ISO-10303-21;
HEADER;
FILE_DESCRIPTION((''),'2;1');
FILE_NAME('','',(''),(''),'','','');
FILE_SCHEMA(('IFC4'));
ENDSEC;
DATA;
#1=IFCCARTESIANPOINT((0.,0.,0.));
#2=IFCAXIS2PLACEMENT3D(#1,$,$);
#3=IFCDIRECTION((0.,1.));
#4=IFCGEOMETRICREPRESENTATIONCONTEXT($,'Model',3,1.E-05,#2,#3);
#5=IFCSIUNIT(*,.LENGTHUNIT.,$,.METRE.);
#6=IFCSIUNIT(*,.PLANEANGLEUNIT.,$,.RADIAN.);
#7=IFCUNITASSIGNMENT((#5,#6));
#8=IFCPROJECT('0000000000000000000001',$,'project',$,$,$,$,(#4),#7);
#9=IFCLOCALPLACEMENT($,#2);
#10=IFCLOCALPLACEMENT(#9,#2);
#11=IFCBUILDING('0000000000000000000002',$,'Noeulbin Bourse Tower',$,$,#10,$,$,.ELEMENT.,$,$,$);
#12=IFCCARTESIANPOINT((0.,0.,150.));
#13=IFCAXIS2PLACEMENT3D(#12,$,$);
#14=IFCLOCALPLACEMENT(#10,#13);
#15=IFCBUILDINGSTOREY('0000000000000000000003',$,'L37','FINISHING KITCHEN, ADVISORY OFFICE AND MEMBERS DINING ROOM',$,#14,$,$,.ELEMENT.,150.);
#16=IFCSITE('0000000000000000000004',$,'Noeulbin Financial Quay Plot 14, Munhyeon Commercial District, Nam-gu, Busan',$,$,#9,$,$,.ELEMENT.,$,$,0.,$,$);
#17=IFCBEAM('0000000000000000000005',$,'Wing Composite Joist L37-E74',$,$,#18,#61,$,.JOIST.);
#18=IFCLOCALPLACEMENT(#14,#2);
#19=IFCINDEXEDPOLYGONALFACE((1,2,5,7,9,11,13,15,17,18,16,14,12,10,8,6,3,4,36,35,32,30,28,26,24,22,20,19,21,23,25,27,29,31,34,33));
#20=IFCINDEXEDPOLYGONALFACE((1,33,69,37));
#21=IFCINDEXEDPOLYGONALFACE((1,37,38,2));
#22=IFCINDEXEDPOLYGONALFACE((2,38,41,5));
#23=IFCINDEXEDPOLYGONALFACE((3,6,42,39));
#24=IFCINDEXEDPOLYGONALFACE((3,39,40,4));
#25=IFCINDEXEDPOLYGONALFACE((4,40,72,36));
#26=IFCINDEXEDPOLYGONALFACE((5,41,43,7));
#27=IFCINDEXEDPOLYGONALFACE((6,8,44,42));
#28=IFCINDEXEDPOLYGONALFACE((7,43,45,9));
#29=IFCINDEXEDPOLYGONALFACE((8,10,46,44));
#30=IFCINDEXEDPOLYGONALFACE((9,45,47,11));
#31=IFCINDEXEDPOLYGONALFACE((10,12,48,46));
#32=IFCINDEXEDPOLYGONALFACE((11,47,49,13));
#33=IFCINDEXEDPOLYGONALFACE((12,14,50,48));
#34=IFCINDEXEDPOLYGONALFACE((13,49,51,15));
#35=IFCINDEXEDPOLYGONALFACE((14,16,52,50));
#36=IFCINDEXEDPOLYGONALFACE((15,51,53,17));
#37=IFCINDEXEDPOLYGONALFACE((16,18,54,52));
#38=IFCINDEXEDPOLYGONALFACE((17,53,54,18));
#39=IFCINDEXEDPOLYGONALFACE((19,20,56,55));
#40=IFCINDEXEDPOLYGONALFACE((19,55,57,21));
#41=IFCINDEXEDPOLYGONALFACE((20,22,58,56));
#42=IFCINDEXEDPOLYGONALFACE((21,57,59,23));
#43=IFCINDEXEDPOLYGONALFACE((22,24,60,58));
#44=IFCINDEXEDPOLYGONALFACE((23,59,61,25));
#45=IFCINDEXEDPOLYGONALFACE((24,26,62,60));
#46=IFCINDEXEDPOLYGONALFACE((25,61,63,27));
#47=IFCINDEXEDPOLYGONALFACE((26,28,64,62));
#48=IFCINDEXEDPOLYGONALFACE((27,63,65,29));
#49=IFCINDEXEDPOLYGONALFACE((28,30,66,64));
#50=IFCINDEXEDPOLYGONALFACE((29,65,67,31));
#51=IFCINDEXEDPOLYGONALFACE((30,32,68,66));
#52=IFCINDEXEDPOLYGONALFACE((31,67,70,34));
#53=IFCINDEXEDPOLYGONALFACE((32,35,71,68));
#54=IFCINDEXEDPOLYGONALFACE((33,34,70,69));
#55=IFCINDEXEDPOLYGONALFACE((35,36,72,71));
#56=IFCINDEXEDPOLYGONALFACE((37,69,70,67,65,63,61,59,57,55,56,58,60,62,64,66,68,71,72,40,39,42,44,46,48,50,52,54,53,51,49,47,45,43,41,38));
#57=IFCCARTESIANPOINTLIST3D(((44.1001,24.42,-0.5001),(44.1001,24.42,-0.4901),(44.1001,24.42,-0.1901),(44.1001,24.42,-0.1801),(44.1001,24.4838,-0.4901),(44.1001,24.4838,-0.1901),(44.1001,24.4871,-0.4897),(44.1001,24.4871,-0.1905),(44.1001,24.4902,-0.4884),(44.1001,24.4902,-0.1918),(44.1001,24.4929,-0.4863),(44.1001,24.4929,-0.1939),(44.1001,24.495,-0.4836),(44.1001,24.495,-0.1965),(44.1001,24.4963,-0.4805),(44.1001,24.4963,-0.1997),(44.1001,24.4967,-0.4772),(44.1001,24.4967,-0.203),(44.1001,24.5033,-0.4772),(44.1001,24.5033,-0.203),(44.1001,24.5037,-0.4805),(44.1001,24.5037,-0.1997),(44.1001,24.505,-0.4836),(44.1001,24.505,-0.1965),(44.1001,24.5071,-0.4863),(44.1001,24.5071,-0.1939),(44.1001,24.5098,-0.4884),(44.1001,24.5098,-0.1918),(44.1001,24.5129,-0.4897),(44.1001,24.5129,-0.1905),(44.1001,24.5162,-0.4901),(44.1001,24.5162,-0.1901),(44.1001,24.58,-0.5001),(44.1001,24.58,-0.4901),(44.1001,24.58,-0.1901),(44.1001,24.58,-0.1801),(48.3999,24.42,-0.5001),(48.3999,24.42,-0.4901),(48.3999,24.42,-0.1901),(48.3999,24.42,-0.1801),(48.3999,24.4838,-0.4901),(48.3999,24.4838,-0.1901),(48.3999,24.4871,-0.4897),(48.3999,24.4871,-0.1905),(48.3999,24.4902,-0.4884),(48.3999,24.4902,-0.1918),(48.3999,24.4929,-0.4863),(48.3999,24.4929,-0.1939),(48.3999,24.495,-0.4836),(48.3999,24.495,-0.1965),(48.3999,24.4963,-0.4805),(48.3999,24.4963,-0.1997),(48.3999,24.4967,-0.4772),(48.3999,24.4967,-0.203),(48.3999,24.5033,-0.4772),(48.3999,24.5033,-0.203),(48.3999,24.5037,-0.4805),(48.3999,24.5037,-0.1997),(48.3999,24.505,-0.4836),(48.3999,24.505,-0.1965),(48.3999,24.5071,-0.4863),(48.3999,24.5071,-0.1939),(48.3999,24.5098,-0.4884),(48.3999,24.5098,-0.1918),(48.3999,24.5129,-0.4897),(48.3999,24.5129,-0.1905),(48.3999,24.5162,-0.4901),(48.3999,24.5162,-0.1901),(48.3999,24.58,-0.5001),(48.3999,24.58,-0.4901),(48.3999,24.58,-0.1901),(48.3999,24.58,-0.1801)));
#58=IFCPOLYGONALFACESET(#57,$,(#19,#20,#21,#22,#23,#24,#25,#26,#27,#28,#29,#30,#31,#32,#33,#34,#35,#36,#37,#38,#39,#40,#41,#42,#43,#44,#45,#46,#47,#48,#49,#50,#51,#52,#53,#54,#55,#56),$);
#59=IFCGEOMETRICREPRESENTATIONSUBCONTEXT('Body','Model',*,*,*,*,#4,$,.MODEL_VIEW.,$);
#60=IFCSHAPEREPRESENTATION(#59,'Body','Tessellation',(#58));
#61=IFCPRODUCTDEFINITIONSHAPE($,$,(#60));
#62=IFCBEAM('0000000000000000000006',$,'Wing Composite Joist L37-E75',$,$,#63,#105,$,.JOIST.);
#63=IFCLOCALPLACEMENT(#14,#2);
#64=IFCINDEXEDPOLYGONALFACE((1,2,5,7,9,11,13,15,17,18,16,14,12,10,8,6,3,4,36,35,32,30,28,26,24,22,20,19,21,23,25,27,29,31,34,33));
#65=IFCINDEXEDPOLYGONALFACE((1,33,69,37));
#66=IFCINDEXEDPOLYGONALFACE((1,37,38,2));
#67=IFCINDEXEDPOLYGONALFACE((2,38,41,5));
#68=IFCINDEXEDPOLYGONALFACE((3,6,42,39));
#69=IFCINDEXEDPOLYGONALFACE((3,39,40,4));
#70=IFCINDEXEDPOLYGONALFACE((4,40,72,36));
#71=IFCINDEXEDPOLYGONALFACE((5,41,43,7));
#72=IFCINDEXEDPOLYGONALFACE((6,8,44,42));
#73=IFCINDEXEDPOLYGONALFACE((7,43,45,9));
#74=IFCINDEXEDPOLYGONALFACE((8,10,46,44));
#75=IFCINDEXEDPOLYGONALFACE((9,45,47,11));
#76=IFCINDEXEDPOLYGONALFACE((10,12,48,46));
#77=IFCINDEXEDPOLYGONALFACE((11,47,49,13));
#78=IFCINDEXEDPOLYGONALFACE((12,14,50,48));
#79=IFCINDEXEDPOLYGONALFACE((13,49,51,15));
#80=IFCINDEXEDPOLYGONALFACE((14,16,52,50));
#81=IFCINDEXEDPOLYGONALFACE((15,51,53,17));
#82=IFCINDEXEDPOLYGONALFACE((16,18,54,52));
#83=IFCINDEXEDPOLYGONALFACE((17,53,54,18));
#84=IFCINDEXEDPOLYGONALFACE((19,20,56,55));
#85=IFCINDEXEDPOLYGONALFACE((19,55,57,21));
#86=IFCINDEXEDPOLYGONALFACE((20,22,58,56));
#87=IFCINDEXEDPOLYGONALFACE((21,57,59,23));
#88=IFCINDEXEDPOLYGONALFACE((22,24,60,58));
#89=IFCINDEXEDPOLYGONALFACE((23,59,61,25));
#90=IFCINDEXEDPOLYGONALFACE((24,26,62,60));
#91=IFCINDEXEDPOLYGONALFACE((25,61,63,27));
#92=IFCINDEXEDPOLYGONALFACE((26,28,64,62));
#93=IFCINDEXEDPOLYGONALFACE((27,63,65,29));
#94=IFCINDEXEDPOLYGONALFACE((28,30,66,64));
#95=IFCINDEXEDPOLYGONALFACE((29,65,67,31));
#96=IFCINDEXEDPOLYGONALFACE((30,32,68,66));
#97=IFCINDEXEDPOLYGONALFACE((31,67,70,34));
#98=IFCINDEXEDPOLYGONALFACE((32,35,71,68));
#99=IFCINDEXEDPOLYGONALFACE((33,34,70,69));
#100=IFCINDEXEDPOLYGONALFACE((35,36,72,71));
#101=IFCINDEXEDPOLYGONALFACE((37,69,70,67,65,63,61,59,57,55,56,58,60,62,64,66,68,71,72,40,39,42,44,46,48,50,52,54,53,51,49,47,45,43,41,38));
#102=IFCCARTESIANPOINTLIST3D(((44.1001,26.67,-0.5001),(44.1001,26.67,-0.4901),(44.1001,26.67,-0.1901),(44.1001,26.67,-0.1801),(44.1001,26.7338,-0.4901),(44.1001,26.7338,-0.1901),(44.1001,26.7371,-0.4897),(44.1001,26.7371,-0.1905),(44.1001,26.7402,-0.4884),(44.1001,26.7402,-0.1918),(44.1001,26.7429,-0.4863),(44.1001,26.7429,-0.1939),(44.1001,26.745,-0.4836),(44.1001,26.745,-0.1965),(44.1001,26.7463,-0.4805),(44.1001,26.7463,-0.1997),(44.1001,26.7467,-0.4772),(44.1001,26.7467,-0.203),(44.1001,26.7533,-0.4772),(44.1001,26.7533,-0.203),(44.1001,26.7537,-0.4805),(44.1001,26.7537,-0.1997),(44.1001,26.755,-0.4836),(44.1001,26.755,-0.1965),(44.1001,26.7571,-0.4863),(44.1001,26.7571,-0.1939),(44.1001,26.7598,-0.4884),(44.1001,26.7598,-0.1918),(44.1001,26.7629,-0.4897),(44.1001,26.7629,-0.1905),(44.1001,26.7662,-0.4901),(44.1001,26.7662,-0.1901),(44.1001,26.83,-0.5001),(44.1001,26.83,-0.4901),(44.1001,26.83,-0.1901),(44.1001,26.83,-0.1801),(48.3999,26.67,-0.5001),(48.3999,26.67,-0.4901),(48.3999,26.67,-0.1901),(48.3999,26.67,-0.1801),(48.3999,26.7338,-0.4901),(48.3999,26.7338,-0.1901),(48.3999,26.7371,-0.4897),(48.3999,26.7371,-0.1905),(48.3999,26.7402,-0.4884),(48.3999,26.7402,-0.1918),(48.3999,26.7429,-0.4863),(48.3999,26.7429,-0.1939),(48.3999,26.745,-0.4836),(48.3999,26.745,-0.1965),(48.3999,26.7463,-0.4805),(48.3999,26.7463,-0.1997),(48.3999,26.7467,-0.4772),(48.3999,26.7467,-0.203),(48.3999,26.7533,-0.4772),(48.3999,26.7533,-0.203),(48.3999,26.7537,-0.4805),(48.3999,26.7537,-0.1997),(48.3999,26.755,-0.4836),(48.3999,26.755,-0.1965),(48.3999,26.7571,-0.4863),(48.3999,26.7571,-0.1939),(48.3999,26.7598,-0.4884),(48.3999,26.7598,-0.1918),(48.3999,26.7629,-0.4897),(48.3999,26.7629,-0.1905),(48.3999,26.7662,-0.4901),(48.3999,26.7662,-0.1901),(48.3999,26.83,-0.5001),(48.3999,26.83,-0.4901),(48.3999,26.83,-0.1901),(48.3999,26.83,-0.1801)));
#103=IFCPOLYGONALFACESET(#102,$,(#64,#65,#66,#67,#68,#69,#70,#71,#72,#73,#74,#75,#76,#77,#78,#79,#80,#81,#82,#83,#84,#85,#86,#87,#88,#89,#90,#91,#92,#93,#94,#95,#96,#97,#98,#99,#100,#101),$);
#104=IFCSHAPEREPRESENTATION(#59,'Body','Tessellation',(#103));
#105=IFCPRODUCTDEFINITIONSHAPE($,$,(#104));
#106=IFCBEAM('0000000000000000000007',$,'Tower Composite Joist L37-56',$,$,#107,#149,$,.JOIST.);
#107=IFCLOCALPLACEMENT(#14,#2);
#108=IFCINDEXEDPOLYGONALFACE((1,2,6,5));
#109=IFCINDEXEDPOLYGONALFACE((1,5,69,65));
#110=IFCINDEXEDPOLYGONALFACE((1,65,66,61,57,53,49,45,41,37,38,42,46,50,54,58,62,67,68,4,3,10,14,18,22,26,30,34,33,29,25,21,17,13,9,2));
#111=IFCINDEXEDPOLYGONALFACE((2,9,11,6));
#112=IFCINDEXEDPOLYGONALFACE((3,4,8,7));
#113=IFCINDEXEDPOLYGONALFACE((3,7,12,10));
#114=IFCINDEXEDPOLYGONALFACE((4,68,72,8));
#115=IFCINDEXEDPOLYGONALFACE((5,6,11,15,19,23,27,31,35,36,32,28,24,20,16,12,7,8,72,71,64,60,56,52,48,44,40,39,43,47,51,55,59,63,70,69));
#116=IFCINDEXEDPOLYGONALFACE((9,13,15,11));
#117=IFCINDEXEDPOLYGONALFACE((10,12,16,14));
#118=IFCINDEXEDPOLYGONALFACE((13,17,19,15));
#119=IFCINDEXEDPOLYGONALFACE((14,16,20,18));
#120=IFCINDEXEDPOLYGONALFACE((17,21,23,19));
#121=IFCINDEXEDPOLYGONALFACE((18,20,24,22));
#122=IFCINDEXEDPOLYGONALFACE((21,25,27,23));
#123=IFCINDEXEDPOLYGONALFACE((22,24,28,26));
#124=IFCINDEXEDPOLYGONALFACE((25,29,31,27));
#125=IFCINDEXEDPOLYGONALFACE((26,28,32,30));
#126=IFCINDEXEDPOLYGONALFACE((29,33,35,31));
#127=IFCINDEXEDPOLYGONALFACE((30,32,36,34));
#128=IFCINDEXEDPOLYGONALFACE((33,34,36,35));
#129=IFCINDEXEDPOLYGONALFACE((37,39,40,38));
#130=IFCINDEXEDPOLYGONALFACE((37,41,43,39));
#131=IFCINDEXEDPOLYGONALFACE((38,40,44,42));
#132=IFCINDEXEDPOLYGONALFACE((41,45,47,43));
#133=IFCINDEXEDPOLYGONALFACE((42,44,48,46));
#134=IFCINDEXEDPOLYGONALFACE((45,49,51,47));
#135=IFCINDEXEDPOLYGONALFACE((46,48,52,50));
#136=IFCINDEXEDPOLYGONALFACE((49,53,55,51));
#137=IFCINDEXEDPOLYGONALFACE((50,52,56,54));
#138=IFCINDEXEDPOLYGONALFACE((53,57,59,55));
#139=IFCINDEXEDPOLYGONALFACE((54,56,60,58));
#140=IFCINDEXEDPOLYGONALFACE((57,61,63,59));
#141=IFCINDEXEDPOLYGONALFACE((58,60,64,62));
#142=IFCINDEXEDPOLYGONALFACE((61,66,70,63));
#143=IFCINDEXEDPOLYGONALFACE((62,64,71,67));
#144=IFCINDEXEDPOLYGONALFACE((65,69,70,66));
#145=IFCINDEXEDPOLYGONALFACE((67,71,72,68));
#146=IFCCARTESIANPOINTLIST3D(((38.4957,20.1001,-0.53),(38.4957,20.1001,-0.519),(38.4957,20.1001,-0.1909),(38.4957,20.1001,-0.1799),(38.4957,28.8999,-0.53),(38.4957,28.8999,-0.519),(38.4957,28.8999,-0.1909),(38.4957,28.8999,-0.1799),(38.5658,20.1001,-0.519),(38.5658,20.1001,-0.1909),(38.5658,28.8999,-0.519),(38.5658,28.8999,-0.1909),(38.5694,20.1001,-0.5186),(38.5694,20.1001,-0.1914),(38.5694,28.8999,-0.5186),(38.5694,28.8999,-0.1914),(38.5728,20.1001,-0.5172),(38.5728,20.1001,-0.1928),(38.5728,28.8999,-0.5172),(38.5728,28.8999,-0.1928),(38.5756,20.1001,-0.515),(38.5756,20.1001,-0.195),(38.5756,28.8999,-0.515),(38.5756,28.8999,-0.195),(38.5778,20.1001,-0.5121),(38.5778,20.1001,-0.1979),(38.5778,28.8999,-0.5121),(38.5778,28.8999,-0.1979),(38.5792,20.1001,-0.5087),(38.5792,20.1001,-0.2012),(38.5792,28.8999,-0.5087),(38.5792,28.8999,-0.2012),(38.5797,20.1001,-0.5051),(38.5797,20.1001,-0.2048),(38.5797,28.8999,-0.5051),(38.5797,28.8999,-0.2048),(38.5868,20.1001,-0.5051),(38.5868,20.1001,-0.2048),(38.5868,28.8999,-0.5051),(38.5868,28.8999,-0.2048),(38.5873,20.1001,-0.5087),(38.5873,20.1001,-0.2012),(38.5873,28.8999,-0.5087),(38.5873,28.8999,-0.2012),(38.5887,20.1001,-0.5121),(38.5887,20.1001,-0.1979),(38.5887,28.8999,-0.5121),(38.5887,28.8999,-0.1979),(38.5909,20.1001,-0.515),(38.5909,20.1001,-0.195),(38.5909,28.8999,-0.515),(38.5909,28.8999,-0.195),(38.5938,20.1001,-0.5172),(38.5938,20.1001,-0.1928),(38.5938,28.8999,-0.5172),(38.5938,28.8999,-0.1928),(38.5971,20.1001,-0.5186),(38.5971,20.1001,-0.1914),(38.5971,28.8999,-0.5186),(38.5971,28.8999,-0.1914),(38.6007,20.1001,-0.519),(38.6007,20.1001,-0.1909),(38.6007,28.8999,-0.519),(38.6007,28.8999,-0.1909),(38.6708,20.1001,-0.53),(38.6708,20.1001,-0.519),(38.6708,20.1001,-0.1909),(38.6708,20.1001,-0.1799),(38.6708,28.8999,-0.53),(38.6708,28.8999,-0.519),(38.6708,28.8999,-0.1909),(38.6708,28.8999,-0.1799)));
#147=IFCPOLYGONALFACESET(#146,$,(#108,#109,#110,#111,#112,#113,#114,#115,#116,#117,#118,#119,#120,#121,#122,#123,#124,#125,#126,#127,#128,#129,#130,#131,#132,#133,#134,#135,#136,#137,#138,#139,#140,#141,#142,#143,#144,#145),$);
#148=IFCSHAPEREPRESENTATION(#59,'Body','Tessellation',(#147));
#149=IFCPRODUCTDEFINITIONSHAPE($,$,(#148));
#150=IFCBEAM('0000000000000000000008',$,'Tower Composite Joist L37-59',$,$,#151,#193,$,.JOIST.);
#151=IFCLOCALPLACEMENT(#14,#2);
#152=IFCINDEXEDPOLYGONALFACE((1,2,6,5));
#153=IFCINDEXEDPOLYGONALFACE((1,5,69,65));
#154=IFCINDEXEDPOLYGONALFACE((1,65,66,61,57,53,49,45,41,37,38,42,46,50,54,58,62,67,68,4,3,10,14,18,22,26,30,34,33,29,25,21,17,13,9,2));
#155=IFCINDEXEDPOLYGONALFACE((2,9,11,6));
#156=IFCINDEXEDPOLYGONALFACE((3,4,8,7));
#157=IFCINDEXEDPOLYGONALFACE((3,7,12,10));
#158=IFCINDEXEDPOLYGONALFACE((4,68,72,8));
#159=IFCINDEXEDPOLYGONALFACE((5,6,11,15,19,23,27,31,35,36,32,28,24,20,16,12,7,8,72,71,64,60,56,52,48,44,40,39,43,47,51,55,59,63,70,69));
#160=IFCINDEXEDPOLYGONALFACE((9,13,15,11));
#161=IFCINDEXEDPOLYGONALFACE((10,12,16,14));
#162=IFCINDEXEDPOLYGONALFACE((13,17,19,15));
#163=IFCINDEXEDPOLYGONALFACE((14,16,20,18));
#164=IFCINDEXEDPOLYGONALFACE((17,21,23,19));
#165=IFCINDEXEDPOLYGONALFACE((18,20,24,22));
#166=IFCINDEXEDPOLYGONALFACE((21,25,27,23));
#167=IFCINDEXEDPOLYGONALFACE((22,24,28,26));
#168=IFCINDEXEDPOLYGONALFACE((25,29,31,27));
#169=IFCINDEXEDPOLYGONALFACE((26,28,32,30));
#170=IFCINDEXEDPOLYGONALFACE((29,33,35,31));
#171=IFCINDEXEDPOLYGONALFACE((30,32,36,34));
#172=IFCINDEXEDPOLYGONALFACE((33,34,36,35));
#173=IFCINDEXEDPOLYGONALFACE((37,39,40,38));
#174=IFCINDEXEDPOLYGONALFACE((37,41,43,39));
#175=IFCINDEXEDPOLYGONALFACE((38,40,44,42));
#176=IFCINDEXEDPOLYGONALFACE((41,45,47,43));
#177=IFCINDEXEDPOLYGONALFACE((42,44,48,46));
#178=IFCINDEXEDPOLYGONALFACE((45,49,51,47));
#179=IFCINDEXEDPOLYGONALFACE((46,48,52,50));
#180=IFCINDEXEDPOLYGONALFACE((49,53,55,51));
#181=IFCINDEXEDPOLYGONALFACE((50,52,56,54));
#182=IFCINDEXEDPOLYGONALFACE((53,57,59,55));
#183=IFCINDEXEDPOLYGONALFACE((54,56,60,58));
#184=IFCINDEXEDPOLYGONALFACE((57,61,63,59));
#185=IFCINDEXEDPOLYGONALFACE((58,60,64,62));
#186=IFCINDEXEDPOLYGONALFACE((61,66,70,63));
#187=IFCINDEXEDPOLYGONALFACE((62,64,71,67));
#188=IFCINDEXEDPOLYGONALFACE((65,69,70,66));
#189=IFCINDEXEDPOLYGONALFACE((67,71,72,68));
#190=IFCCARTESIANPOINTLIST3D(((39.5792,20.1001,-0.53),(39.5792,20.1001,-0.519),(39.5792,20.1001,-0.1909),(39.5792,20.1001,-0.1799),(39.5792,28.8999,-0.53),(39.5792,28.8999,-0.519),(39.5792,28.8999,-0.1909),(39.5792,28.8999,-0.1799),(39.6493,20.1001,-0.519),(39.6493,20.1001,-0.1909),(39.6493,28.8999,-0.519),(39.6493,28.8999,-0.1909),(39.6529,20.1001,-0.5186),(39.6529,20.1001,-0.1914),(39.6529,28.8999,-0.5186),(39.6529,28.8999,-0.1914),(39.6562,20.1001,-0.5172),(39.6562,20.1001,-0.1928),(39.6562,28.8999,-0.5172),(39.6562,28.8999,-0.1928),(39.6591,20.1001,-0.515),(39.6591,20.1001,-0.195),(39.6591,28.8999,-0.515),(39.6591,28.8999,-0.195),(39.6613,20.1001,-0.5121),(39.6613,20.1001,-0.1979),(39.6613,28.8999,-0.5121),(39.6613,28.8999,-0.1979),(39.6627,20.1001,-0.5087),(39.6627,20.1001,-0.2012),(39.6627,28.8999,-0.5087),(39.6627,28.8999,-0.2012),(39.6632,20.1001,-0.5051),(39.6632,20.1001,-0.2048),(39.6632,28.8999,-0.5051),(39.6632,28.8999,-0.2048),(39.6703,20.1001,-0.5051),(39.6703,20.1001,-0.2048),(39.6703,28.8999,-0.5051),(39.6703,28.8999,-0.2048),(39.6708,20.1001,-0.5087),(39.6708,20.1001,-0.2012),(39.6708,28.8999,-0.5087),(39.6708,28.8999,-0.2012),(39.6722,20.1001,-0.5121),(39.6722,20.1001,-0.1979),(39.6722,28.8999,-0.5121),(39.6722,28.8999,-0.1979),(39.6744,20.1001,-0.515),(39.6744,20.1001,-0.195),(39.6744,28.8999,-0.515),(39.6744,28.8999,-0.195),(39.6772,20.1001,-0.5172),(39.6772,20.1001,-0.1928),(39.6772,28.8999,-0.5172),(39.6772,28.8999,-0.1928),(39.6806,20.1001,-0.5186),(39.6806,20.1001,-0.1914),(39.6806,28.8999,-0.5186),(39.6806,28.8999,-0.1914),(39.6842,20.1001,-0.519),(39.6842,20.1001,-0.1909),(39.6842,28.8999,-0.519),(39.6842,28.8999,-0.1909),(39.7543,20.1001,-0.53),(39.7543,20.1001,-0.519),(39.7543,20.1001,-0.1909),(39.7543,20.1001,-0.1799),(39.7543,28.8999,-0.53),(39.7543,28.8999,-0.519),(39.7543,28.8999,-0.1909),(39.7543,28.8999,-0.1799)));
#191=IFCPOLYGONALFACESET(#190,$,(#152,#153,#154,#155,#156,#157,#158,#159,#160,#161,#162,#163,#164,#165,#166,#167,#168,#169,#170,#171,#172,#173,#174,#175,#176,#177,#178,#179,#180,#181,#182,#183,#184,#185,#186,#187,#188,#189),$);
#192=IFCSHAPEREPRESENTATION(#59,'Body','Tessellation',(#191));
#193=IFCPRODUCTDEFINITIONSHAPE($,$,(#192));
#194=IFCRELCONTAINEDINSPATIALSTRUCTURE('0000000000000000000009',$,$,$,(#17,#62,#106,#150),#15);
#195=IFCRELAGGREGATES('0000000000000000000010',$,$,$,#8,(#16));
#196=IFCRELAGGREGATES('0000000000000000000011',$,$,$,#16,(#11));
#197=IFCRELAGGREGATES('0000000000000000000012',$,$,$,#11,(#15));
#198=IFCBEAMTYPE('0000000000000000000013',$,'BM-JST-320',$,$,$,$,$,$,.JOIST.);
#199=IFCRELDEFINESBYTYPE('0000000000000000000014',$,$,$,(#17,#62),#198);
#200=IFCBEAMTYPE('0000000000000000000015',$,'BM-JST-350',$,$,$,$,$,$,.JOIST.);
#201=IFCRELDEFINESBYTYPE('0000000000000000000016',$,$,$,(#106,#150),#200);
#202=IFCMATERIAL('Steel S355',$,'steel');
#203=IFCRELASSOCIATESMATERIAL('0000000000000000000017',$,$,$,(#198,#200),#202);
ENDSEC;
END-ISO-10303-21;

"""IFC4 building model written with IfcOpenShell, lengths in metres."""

from ifc_helpers import new_model, si_unit, direction, frame, origin, origin_2d, place, context, subcontext, project, spatial, i_section, extrude, material, material_profile, profile_set, type_object, element, save


model = new_model("IFC4")

# Units and contexts
model_context = context("Model", 3, precision=1e-05, world=origin(), true_north=direction((0.0, 1.0)))
body_context = subcontext(model_context, "Body", "Model", "MODEL_VIEW")
ifc_project = project(units=[si_unit("LENGTHUNIT", "METRE"), si_unit("PLANEANGLEUNIT", "RADIAN")], contexts=[model_context])

# Site, building, storey
site_placement = place(None, origin())
site = spatial("IfcSite", under=ifc_project, at=site_placement, Name="Noeulbin Financial Quay Plot 14, Munhyeon Commercial District, Nam-gu, Busan", CompositionType="ELEMENT", RefElevation=0.0)
building_placement = place(site_placement, origin())
building = spatial("IfcBuilding", under=site, at=building_placement, Name="Noeulbin Bourse Tower", CompositionType="ELEMENT")
storey_placement = place(building_placement, frame((0.0, 0.0, 150.0)))
storey = spatial("IfcBuildingStorey", under=building, at=storey_placement, Name="L37", Description="FINISHING KITCHEN, ADVISORY OFFICE AND MEMBERS DINING ROOM", CompositionType="ELEMENT", Elevation=150.0)

# Shared definitions
ifc_material_1 = material(Name="Steel S355", Category="steel")

# Beams
ifc_material_profile_1 = material_profile(ifc_material_1, i_section(OverallWidth=0.1599, OverallDepth=0.3201, WebThickness=0.0066, FlangeThickness=0.01, FilletRadius=0.0129, at=origin_2d()), Name="H-320x160x6.5x10", Category="LoadBearing")
ifc_profile_set_1 = profile_set([ifc_material_profile_1], Name="Steel S355")
beam_type_1 = type_object("IfcBeamType", Name="BM-JST-320", PredefinedType="JOIST", material=ifc_profile_set_1)
for number, where, z_axis, x_axis, name in (
    (1, (44.1001, 24.5, -0.3401), (1.0, 0.0, 0.0), (0.0, 1.0, 0.0), "Wing Composite Joist L37-E74"),
    (2, (44.1001, 26.75, -0.3401), (1.0, 0.0, 0.0), (0.0, 1.0, 0.0), "Wing Composite Joist L37-E75"),
):
    element("IfcBeam", number, at=place(storey_placement, frame(where, z_axis=z_axis, x_axis=x_axis)), inside=storey, type_object=beam_type_1, Name=name, PredefinedType="JOIST", context=body_context, shape_type="SweptSolid", body=[
        extrude(i_section(OverallWidth=0.1599, OverallDepth=0.3201, WebThickness=0.0066, FlangeThickness=0.01, FilletRadius=0.0129, at=origin_2d()), origin(), (0.0, 0.0, 1.0), 4.2998),
    ])
ifc_material_profile_2 = material_profile(ifc_material_1, i_section(OverallWidth=0.175, OverallDepth=0.3501, WebThickness=0.0071, FlangeThickness=0.011, FilletRadius=0.0139, at=origin_2d()), Name="H-350x175x7x11", Category="LoadBearing")
ifc_profile_set_2 = profile_set([ifc_material_profile_2], Name="Steel S355")
beam_type_2 = type_object("IfcBeamType", Name="BM-JST-350", PredefinedType="JOIST", material=ifc_profile_set_2)
for number, where, z_axis, x_axis, name in (
    (3, (38.5833, 20.1001, -0.355), (0.0, 1.0, 0.0), (-1.0, 0.0, 0.0), "Tower Composite Joist L37-56"),
    (4, (39.6667, 20.1001, -0.355), (0.0, 1.0, 0.0), (-1.0, 0.0, 0.0), "Tower Composite Joist L37-59"),
):
    element("IfcBeam", number, at=place(storey_placement, frame(where, z_axis=z_axis, x_axis=x_axis)), inside=storey, type_object=beam_type_2, Name=name, PredefinedType="JOIST", context=body_context, shape_type="SweptSolid", body=[
        extrude(i_section(OverallWidth=0.175, OverallDepth=0.3501, WebThickness=0.0071, FlangeThickness=0.011, FilletRadius=0.0139, at=origin_2d()), origin(), (0.0, 0.0, 1.0), 8.7998),
    ])

save(model, "model.ifc")
